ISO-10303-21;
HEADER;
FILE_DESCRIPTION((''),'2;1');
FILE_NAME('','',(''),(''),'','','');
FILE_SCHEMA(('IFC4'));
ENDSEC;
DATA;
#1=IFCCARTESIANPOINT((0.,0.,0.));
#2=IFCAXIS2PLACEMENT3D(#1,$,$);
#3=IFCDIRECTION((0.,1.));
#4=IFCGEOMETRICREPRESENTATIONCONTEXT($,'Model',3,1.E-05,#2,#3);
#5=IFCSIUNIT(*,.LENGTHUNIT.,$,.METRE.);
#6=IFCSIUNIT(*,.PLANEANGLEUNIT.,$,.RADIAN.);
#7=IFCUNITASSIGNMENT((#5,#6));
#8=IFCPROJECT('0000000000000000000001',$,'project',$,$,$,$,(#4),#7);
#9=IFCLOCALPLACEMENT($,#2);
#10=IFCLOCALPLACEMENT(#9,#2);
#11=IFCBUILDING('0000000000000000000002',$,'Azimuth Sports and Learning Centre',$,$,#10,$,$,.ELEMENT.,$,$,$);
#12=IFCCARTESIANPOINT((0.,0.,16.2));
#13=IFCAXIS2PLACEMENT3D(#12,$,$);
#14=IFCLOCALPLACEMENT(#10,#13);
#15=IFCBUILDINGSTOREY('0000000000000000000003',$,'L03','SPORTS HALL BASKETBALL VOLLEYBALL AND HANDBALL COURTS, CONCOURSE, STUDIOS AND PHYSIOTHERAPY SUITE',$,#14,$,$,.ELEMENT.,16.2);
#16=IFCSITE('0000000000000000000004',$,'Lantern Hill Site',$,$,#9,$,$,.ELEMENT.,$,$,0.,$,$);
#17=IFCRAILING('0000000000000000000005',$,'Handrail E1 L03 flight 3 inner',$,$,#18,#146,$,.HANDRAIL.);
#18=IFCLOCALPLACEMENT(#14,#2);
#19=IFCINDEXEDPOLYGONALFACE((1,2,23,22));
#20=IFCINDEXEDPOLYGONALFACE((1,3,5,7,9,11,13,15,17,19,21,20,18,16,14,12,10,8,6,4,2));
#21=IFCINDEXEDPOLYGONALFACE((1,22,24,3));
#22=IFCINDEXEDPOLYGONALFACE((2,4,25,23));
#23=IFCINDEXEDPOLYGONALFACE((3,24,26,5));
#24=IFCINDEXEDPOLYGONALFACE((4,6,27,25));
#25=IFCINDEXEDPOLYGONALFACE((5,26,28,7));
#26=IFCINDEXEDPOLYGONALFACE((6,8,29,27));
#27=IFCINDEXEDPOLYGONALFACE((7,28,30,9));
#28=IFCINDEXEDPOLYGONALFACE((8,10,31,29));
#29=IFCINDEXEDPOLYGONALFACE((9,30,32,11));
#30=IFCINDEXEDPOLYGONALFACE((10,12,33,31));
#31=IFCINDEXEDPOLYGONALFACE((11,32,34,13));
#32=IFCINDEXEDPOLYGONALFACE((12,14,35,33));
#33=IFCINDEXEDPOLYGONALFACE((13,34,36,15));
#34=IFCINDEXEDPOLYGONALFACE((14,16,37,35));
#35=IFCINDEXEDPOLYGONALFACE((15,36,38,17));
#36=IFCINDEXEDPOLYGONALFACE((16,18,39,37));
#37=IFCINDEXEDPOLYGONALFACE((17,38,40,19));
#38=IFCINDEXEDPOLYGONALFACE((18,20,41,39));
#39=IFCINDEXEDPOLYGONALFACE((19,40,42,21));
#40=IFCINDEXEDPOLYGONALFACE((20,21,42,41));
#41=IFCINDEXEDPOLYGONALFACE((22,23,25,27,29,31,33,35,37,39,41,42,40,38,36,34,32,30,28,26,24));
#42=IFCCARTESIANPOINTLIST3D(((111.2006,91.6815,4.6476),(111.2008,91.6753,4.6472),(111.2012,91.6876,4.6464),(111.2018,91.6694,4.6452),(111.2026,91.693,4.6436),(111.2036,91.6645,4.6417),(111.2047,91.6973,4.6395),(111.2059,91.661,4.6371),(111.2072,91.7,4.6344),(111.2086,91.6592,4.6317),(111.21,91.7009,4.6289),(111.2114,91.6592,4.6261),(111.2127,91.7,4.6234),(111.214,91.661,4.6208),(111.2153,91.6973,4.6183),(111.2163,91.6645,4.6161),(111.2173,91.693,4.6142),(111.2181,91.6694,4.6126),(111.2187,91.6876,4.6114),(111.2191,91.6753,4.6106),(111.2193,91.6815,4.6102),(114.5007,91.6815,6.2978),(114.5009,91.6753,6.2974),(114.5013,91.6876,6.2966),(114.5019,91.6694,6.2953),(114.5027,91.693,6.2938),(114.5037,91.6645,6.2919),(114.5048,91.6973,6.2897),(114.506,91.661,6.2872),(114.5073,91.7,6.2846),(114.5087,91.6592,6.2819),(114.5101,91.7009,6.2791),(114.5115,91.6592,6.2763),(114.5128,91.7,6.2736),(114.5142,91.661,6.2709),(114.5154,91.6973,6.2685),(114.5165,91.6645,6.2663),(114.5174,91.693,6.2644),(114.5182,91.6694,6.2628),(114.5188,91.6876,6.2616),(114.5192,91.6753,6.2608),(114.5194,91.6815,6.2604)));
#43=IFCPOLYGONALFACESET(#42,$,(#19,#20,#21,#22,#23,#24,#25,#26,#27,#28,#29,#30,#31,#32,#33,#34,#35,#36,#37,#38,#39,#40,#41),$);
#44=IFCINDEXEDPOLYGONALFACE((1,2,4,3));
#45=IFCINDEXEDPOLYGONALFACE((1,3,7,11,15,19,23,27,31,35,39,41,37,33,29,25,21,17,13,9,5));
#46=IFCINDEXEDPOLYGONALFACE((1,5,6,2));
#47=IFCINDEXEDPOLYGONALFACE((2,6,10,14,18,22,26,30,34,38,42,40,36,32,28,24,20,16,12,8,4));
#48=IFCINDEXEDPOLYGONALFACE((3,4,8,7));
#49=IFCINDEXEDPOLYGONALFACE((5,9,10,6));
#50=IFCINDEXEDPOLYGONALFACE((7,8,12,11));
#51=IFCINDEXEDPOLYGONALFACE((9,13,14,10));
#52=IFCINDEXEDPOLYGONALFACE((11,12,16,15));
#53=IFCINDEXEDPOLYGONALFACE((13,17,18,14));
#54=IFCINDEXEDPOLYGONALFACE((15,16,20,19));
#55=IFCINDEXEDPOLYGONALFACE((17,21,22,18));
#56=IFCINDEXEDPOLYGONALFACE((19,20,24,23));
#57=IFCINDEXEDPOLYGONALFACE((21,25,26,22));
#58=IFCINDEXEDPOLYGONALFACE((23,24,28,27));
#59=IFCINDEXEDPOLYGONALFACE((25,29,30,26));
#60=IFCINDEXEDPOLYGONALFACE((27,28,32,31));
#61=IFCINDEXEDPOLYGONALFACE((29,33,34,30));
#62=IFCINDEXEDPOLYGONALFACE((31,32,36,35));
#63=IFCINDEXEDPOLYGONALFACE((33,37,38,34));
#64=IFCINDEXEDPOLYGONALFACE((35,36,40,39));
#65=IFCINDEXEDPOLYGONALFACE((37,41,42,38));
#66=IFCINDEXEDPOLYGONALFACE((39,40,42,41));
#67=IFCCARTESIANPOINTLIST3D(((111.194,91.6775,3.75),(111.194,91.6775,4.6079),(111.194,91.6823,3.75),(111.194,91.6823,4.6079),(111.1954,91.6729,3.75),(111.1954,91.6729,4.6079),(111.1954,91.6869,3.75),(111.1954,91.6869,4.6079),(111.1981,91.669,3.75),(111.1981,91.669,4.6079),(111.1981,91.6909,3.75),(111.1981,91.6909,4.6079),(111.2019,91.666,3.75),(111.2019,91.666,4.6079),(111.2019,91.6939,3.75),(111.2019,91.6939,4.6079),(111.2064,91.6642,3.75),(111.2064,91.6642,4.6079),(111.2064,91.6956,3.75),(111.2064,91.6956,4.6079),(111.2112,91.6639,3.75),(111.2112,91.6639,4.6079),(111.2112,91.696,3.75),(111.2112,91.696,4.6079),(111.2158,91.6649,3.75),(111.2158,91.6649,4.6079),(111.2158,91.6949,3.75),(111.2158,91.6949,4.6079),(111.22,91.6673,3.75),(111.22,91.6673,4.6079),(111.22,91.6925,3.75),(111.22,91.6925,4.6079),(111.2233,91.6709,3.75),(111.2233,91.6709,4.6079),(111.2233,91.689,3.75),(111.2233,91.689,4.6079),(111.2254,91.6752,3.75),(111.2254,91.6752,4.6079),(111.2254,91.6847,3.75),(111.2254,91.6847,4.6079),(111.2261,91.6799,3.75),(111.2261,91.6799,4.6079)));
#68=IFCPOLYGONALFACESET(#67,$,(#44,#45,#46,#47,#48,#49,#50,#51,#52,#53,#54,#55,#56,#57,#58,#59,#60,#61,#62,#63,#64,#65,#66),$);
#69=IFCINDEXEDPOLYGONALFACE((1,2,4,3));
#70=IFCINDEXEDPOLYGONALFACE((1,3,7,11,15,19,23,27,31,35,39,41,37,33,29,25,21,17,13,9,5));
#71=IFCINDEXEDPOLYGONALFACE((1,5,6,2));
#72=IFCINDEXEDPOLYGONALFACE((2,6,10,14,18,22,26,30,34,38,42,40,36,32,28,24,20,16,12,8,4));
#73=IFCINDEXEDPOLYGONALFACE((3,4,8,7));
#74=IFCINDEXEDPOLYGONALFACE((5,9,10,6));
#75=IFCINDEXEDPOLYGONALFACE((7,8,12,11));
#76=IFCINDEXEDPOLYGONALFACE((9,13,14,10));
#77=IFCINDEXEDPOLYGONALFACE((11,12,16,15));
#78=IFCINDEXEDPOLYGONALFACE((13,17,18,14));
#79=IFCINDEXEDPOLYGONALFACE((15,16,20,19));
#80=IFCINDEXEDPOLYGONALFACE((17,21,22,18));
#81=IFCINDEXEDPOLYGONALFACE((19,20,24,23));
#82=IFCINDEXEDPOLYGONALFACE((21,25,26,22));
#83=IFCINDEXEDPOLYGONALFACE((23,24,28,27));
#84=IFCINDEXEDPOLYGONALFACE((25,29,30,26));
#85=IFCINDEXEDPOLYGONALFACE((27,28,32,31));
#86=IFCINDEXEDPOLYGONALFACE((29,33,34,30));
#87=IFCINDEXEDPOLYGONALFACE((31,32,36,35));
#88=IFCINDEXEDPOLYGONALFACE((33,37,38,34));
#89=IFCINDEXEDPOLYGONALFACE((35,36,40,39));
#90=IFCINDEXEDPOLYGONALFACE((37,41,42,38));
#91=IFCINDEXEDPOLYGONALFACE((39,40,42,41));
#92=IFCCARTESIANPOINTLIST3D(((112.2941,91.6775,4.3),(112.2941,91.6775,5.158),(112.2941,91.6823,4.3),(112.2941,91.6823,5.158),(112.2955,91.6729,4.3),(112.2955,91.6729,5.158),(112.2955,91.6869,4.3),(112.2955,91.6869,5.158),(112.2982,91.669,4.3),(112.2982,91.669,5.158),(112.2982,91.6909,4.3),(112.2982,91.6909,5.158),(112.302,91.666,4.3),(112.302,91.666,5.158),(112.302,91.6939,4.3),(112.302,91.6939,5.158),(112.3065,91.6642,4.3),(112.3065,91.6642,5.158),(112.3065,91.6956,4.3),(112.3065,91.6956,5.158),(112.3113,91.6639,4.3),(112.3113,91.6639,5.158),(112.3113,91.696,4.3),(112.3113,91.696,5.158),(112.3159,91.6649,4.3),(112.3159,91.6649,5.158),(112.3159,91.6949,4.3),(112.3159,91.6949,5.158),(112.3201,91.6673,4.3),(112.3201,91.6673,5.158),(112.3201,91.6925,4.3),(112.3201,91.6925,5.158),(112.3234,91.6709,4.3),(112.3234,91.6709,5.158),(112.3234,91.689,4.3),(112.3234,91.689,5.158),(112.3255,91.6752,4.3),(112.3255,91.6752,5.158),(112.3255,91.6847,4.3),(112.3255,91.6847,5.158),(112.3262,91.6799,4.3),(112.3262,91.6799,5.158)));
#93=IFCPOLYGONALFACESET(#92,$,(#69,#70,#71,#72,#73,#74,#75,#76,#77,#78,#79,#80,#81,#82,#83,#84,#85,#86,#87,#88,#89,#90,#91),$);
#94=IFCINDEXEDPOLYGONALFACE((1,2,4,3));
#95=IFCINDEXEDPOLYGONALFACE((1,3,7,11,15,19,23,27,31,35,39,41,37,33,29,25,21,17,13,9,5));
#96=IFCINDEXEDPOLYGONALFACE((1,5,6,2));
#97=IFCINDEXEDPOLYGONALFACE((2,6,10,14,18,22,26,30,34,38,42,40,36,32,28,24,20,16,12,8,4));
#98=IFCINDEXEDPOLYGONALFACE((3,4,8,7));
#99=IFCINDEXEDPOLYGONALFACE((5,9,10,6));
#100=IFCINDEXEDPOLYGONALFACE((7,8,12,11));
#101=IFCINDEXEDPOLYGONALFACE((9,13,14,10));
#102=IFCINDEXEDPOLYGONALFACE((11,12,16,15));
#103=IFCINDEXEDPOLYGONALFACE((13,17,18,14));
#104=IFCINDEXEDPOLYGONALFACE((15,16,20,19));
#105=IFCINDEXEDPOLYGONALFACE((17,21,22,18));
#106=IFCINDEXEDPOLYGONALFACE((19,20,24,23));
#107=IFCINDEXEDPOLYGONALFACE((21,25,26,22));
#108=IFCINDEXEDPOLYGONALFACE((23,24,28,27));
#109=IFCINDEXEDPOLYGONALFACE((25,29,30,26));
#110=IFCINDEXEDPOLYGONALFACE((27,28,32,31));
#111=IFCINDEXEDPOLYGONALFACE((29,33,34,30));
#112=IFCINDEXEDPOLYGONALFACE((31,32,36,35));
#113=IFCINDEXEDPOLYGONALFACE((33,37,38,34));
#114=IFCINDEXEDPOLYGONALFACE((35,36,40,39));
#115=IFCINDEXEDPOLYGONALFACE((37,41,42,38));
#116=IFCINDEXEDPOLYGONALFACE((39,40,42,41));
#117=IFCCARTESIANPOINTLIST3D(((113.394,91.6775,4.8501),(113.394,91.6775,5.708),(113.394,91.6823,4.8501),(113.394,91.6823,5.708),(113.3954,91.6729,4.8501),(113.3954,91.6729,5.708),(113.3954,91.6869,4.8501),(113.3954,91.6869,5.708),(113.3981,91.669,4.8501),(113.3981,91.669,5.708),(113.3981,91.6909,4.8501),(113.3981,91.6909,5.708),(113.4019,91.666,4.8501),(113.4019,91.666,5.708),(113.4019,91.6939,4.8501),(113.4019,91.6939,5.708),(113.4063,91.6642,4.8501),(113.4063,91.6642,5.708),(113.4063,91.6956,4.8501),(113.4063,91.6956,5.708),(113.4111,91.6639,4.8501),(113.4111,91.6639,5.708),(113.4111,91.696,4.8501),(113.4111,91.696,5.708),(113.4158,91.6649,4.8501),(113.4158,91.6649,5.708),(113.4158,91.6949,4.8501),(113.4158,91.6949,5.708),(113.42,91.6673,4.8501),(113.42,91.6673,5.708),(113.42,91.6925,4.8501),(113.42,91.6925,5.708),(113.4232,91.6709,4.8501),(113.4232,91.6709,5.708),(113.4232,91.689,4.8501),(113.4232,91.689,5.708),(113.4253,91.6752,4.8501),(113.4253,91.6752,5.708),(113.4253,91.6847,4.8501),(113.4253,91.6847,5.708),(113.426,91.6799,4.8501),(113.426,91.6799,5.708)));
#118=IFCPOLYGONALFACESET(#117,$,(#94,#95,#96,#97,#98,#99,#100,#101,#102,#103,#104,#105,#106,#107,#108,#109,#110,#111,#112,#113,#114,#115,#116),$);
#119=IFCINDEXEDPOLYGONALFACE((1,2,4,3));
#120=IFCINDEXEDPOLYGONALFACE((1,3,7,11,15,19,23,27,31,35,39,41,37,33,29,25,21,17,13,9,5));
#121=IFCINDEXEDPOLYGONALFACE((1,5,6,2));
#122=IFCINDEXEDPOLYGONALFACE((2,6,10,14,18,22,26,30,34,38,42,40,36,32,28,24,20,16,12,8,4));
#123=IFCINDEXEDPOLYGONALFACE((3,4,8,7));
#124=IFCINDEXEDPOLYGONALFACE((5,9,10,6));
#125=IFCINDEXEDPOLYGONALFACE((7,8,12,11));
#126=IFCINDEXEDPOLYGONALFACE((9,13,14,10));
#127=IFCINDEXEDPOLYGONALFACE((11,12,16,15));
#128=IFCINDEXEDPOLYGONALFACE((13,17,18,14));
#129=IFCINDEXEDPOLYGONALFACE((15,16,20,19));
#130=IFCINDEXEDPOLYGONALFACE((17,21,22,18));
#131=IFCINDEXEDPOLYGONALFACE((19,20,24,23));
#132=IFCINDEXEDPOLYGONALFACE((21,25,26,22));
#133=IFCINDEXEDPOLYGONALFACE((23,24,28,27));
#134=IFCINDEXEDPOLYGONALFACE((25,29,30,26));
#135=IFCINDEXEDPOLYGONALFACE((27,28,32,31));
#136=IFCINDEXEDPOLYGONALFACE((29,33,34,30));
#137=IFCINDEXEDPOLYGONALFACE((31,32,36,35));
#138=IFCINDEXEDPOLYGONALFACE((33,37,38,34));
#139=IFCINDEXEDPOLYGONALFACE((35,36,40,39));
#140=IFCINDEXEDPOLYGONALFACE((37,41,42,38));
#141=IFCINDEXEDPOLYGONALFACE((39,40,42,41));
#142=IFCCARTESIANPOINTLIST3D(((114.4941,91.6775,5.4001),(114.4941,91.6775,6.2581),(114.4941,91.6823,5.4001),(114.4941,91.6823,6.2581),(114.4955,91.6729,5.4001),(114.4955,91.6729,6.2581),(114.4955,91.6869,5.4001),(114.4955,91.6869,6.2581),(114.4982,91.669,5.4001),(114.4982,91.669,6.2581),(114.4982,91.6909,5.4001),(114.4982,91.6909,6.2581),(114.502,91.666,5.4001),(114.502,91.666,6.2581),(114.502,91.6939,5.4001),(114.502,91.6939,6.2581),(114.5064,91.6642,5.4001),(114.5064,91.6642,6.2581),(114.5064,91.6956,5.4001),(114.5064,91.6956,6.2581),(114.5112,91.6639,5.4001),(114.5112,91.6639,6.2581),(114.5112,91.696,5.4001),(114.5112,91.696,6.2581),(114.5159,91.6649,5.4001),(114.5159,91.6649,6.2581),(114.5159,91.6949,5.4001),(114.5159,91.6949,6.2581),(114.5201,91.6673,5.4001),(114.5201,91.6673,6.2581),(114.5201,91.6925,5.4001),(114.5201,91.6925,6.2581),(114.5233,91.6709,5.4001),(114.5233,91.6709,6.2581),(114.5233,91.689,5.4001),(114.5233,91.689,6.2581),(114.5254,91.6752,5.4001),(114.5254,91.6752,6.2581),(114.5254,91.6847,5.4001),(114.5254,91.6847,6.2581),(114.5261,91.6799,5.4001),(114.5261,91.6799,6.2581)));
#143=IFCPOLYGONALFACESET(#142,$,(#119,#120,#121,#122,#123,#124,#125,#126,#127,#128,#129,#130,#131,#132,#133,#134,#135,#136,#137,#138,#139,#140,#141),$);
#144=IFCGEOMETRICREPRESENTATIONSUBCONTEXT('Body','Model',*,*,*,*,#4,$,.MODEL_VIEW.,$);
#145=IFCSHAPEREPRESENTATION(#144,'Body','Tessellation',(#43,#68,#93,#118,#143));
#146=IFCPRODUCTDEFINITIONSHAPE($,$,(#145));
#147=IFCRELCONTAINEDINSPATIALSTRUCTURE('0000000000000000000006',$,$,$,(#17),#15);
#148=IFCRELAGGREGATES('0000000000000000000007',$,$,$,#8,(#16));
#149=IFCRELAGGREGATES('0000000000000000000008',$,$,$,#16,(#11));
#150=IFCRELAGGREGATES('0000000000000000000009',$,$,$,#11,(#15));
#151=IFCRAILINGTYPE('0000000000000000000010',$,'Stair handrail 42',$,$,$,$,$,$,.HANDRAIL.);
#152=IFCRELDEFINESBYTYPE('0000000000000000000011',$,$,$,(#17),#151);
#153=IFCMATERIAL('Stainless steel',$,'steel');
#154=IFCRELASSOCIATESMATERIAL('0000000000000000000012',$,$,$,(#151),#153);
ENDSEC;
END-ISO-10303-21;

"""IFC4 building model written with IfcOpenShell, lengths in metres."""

from ifc_helpers import new_model, si_unit, direction, frame, origin, origin_2d, place, context, subcontext, project, spatial, circle, extrude, material, type_object, element, save


model = new_model("IFC4")

# Units and contexts
model_context = context("Model", 3, precision=1e-05, world=origin(), true_north=direction((0.0, 1.0)))
body_context = subcontext(model_context, "Body", "Model", "MODEL_VIEW")
ifc_project = project(units=[si_unit("LENGTHUNIT", "METRE"), si_unit("PLANEANGLEUNIT", "RADIAN")], contexts=[model_context])

# Site, building, storey
site_placement = place(None, origin())
site = spatial("IfcSite", under=ifc_project, at=site_placement, Name="Lantern Hill Site", CompositionType="ELEMENT", RefElevation=0.0)
building_placement = place(site_placement, origin())
building = spatial("IfcBuilding", under=site, at=building_placement, Name="Azimuth Sports and Learning Centre", CompositionType="ELEMENT")
storey_placement = place(building_placement, frame((0.0, 0.0, 16.2)))
storey = spatial("IfcBuildingStorey", under=building, at=storey_placement, Name="L03", Description="SPORTS HALL BASKETBALL VOLLEYBALL AND HANDBALL COURTS, CONCOURSE, STUDIOS AND PHYSIOTHERAPY SUITE", CompositionType="ELEMENT", Elevation=16.2)

# Railing
ifc_material_1 = material(Name="Stainless steel", Category="steel")
railing_type_1 = type_object("IfcRailingType", Name="Stair handrail 42", PredefinedType="HANDRAIL", material=ifc_material_1)
railing_1_placement = place(storey_placement, frame((111.21, 91.6799, 3.75)))
element("IfcRailing", 1, at=railing_1_placement, inside=storey, type_object=railing_type_1, Name="Handrail E1 L03 flight 3 inner", PredefinedType="HANDRAIL", context=body_context, shape_type="SweptSolid", body=[
    extrude(circle(Radius=0.021, at=origin_2d()), frame((0.0, 0.0, 0.8789), z_axis=(0.894414, 0.0, 0.44724), x_axis=(0.0, 1.0, 0.0)), (0.0, 0.0, 1.0), 3.6897),
    extrude(circle(Radius=0.0161, at=origin_2d()), origin(), (0.0, 0.0, 1.0), 0.8579),
    extrude(circle(Radius=0.0161, at=origin_2d()), frame((1.1001, 0.0, 0.55)), (0.0, 0.0, 1.0), 0.8579),
    extrude(circle(Radius=0.0161, at=origin_2d()), frame((2.2, 0.0, 1.1001)), (0.0, 0.0, 1.0), 0.8579),
    extrude(circle(Radius=0.0161, at=origin_2d()), frame((3.3, 0.0, 1.6501)), (0.0, 0.0, 1.0), 0.8579),
])

save(model, "model.ifc")
